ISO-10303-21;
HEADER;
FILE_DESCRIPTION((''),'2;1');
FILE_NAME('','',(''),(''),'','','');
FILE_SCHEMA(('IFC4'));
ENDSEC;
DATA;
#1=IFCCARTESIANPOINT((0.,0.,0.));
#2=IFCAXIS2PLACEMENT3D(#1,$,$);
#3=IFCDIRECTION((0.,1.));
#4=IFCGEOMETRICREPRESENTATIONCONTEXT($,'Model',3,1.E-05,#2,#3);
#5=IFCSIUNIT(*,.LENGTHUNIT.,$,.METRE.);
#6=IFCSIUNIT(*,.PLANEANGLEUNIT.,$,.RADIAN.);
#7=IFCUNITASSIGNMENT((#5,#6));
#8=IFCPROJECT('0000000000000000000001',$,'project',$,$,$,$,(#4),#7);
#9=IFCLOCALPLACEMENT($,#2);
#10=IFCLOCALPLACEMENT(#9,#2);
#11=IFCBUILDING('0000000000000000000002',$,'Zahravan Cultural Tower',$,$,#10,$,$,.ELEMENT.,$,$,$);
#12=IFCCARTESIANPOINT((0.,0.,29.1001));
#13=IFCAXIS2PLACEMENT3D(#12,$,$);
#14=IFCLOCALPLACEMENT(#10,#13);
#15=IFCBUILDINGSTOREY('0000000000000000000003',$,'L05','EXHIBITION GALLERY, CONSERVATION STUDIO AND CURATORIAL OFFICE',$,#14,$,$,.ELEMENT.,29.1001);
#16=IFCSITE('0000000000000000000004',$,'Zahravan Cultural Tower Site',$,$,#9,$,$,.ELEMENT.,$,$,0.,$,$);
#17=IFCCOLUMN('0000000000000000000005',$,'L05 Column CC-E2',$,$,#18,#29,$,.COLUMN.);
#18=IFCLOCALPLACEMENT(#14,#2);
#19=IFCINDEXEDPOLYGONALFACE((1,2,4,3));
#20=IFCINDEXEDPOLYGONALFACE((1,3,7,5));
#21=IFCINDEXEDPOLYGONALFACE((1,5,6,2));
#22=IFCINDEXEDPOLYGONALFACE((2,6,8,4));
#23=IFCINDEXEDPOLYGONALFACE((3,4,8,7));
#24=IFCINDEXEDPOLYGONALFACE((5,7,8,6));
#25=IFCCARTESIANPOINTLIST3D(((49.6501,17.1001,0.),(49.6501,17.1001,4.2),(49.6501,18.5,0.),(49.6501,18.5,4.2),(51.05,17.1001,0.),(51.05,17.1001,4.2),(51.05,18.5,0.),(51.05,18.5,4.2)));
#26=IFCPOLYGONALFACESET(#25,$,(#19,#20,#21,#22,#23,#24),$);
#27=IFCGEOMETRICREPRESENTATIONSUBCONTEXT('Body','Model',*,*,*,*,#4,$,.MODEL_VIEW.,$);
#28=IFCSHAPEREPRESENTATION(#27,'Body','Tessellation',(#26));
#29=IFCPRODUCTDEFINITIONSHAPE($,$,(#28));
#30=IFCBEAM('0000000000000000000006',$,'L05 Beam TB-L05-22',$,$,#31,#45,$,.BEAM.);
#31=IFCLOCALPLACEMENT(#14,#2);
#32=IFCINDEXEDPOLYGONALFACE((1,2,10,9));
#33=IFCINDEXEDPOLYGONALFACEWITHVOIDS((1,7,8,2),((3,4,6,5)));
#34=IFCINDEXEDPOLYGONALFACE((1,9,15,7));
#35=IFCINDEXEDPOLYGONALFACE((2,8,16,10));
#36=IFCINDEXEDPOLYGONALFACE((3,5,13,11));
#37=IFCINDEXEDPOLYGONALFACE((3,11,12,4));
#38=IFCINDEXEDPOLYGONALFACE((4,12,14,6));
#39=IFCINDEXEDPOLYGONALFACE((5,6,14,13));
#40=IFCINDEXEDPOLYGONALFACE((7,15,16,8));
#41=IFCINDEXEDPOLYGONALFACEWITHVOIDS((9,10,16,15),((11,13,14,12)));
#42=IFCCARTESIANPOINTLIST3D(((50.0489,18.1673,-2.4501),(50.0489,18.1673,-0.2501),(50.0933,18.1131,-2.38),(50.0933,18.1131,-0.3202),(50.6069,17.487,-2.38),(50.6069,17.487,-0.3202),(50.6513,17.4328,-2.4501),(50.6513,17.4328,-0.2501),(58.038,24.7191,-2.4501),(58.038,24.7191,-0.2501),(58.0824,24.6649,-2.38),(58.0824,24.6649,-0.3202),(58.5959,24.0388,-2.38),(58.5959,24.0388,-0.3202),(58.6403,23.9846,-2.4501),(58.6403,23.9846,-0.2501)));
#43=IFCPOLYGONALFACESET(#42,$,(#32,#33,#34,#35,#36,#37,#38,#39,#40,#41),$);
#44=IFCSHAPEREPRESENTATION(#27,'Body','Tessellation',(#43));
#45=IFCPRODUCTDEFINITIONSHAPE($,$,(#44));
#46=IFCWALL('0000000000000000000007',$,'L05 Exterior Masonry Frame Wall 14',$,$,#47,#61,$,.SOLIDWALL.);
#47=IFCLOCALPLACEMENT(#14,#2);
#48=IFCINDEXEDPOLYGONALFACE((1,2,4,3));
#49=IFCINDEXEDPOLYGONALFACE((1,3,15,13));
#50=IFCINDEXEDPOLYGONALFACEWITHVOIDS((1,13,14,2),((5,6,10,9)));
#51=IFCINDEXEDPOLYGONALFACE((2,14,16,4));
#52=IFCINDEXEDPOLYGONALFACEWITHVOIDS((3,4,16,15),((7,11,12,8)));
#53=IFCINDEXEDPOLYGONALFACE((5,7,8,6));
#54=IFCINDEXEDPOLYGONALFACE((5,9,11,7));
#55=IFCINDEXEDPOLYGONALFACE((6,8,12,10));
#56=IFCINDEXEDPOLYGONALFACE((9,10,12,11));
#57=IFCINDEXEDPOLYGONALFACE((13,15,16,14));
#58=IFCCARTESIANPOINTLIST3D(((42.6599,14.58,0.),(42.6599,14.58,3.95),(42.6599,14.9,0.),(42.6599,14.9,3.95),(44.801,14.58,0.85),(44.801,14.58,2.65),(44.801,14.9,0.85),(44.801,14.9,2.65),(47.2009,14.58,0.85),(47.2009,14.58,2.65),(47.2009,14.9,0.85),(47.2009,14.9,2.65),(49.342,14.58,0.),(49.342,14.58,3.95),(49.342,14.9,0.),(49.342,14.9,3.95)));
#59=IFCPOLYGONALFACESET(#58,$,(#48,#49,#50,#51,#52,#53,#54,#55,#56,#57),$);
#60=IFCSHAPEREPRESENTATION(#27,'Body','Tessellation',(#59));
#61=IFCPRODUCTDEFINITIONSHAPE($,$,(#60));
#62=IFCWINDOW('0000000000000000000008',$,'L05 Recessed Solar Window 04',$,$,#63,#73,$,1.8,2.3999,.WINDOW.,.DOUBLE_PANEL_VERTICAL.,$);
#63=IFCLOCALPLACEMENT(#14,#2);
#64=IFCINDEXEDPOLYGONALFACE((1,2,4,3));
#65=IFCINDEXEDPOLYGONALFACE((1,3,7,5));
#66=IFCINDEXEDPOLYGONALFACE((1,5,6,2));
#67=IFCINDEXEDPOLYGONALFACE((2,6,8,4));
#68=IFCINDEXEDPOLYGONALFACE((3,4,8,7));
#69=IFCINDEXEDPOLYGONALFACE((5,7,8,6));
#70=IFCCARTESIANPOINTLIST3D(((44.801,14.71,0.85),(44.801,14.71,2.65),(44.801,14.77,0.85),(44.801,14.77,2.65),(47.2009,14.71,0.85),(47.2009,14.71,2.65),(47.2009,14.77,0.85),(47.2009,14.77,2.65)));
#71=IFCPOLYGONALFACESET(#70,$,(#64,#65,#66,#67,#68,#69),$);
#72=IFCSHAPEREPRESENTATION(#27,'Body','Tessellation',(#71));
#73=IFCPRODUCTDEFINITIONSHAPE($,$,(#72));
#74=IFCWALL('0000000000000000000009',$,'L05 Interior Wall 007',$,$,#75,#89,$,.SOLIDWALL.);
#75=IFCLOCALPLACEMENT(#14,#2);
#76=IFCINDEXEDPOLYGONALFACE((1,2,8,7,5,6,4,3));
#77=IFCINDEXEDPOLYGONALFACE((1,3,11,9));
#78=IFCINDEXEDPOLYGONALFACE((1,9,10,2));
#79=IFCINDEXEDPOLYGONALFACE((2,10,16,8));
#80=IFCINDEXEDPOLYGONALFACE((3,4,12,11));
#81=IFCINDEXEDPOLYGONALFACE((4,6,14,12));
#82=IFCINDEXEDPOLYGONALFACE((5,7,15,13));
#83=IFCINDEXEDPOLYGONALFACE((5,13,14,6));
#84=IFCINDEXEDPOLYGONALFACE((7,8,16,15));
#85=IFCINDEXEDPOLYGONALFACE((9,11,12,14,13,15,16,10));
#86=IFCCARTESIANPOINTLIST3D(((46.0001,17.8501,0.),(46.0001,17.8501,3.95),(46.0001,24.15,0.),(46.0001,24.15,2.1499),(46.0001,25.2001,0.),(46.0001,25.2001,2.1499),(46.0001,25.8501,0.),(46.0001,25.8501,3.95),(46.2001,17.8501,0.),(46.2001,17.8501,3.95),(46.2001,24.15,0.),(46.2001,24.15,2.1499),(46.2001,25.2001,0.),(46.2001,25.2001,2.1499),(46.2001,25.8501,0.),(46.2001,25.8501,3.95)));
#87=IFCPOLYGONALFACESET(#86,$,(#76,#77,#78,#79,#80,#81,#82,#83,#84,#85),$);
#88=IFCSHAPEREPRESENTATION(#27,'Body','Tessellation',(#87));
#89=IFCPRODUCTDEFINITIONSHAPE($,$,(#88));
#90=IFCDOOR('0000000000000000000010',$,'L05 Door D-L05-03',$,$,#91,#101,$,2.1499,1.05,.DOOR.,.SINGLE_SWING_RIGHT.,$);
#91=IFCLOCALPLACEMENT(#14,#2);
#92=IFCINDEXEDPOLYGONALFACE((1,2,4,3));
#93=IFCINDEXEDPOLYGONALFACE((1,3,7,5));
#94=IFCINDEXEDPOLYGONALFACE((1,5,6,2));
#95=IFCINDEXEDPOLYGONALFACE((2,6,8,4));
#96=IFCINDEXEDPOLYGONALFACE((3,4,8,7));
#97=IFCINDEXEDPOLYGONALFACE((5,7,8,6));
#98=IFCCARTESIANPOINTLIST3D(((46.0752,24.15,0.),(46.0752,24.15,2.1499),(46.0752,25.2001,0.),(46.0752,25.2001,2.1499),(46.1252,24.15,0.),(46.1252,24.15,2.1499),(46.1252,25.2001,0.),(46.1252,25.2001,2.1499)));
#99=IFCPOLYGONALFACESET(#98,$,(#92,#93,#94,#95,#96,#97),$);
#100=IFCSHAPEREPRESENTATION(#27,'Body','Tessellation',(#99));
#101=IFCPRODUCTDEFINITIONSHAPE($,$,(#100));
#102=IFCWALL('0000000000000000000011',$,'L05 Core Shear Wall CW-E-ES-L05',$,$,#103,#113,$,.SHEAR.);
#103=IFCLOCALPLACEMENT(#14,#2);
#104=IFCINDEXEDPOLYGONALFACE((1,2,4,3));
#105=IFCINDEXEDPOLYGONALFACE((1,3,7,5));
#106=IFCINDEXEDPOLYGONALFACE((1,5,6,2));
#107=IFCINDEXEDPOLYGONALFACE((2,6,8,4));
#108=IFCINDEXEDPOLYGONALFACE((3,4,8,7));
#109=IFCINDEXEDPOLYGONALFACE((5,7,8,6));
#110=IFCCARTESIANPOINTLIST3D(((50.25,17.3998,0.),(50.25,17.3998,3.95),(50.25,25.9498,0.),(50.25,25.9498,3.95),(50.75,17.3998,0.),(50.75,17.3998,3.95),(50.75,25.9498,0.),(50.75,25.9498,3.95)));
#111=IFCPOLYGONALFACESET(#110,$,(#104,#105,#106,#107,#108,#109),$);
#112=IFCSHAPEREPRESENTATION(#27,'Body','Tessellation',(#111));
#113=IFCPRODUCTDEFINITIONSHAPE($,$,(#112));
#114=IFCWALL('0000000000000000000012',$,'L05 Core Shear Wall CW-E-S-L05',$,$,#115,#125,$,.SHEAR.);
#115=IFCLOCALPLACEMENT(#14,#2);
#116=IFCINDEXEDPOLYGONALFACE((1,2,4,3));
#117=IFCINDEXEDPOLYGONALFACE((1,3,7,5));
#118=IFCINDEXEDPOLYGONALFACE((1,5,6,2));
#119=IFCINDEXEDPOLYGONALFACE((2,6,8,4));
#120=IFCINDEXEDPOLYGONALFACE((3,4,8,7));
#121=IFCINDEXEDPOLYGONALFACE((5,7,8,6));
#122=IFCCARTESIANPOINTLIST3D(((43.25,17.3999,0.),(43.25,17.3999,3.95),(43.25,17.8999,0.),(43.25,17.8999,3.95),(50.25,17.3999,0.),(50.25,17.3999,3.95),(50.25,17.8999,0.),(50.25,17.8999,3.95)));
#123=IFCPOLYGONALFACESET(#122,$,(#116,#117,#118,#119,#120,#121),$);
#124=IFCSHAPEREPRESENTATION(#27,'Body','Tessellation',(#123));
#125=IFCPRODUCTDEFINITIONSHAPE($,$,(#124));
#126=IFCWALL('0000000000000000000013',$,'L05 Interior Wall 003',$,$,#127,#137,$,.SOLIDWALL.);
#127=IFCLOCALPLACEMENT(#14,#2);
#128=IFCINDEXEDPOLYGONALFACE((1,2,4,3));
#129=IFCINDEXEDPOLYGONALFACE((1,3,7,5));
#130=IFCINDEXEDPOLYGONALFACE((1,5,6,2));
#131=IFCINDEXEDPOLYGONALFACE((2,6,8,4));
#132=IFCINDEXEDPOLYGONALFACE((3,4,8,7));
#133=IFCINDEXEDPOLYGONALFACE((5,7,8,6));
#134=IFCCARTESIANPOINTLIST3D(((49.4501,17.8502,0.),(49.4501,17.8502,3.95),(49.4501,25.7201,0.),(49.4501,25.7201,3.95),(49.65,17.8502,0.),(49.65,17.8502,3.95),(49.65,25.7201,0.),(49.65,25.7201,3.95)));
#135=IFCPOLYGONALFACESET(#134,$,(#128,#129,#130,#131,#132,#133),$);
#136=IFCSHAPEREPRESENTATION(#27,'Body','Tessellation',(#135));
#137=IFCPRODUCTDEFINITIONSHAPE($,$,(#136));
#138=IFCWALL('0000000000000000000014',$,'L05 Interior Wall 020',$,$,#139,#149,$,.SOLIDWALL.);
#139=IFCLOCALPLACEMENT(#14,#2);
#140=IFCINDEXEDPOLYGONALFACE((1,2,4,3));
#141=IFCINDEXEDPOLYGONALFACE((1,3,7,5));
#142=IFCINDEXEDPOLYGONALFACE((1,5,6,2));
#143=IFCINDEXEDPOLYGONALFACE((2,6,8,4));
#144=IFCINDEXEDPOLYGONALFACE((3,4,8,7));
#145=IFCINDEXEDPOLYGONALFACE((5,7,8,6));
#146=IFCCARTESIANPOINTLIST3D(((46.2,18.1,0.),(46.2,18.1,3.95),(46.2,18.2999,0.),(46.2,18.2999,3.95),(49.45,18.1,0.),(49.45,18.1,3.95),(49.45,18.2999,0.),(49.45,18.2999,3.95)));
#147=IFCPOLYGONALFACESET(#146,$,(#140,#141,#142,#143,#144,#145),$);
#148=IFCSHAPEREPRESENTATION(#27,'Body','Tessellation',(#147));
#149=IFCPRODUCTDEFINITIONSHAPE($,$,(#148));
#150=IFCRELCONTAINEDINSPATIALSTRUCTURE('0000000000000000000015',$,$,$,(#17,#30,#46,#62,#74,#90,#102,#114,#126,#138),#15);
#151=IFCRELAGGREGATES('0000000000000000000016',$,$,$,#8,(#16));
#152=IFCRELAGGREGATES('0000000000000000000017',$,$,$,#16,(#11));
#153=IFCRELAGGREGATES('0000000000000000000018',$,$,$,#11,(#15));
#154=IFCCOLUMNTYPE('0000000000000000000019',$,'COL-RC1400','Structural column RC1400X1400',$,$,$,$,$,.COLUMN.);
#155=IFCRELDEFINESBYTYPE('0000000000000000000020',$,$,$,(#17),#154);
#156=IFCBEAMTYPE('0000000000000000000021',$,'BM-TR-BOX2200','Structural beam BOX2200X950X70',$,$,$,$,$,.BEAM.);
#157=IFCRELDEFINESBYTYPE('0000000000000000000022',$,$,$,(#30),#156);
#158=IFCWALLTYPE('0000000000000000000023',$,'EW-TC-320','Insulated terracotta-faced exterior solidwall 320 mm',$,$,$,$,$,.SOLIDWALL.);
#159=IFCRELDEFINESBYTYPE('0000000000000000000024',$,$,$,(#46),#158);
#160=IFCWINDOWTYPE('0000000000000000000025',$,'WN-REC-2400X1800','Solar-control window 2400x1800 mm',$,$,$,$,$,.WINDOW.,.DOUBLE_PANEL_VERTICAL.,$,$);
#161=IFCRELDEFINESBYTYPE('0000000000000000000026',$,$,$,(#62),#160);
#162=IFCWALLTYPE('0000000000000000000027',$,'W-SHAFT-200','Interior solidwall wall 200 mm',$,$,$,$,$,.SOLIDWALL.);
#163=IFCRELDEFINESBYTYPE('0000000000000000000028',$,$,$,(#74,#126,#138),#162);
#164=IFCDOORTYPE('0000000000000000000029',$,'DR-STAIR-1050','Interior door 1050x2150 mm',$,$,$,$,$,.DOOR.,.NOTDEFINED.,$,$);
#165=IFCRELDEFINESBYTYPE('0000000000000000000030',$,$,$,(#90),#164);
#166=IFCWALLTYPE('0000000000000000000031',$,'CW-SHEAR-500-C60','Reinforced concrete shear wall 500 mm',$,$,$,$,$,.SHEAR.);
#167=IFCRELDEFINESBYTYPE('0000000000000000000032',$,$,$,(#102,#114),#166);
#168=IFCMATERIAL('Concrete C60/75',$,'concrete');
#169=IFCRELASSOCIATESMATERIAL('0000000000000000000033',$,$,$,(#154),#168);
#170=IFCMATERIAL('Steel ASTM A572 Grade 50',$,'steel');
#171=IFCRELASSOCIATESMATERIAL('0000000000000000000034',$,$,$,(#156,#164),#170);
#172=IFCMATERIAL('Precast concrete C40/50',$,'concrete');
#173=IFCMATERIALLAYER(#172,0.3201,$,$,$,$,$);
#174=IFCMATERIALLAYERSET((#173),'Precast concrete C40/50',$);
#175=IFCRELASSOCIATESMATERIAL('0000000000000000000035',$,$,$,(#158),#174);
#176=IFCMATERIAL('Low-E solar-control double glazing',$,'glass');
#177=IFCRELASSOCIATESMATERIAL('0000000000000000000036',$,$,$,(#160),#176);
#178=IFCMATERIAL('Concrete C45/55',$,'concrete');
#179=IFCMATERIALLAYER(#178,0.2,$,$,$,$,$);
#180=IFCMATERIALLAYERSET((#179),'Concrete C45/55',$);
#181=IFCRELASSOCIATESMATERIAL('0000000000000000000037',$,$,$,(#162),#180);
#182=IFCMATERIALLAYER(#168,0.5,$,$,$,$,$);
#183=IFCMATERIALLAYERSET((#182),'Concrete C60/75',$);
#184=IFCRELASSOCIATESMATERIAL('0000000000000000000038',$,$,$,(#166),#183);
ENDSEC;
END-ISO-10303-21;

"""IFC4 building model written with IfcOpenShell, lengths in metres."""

from ifc_helpers import new_model, si_unit, direction, frame, frame_2d, origin, origin_2d, place, context, subcontext, project, spatial, rectangle, hollow_rectangle, extrude, source, transform, mapped, material, layer, layer_set, material_profile, profile_set, type_object, element, fill, save


model = new_model("IFC4")

# Units and contexts
model_context = context("Model", 3, precision=1e-05, world=origin(), true_north=direction((0.0, 1.0)))
body_context = subcontext(model_context, "Body", "Model", "MODEL_VIEW")
ifc_project = project(units=[si_unit("LENGTHUNIT", "METRE"), si_unit("PLANEANGLEUNIT", "RADIAN")], contexts=[model_context])

# Site, building, storey
site_placement = place(None, origin())
site = spatial("IfcSite", under=ifc_project, at=site_placement, Name="Zahravan Cultural Tower Site", CompositionType="ELEMENT", RefElevation=0.0)
building_placement = place(site_placement, origin())
building = spatial("IfcBuilding", under=site, at=building_placement, Name="Zahravan Cultural Tower", CompositionType="ELEMENT")
storey_placement = place(building_placement, frame((0.0, 0.0, 29.1001)))
storey = spatial("IfcBuildingStorey", under=building, at=storey_placement, Name="L05", Description="EXHIBITION GALLERY, CONSERVATION STUDIO AND CURATORIAL OFFICE", CompositionType="ELEMENT", Elevation=29.1001)

# Column
ifc_material_1 = material(Name="Concrete C60/75", Category="concrete")
ifc_material_profile_1 = material_profile(ifc_material_1, rectangle(XDim=1.3999, YDim=1.3999, at=origin_2d()), Name="RC1400X1400")
ifc_profile_set_1 = profile_set([ifc_material_profile_1], Name="Concrete C60/75")
column_type = type_object("IfcColumnType", Name="COL-RC1400", Description="Structural column RC1400X1400", PredefinedType="COLUMN", material=ifc_profile_set_1)
shared_shape_1 = source(origin(), body_context, "Body", "SweptSolid", [
    extrude(rectangle(XDim=1.3999, YDim=1.3999, at=origin_2d()), origin(), (0.0, 0.0, 1.0), 4.2),
])
column_placement = place(storey_placement, frame((50.3501, 17.8, 0.0), z_axis=(0.0, 0.0, 1.0), x_axis=(1.0, 0.0, 0.0)))
element("IfcColumn", 1, at=column_placement, inside=storey, type_object=column_type, Name="L05 Column CC-E2", PredefinedType="COLUMN", context=body_context, shape_type="MappedRepresentation", body=[
    mapped(shared_shape_1, transform((0.0, 0.0, 0.0), x_axis=(1.0, 0.0, 0.0), y_axis=(0.0, 1.0, 0.0), z_axis=(0.0, 0.0, 1.0), scale=1.0)),
])

# Beam
ifc_material_2 = material(Name="Steel ASTM A572 Grade 50", Category="steel")
ifc_material_profile_2 = material_profile(ifc_material_2, hollow_rectangle(XDim=0.95, YDim=2.2, WallThickness=0.0701, at=origin_2d()), Name="BOX2200X950X70")
ifc_profile_set_2 = profile_set([ifc_material_profile_2], Name="Steel ASTM A572 Grade 50")
beam_type = type_object("IfcBeamType", Name="BM-TR-BOX2200", Description="Structural beam BOX2200X950X70", PredefinedType="BEAM", material=ifc_profile_set_2)
shared_shape_2 = source(origin(), body_context, "Body", "SweptSolid", [
    extrude(hollow_rectangle(XDim=0.95, YDim=2.2, WallThickness=0.0701, at=origin_2d()), origin(), (0.0, 0.0, 1.0), 10.332),
])
beam_placement = place(storey_placement, frame((50.3501, 17.8, -1.3501), z_axis=(0.773231, 0.634124, 0.0), x_axis=(-0.634124, 0.773231, 0.0)))
element("IfcBeam", 2, at=beam_placement, inside=storey, type_object=beam_type, Name="L05 Beam TB-L05-22", PredefinedType="BEAM", context=body_context, shape_type="MappedRepresentation", body=[
    mapped(shared_shape_2, transform((0.0, 0.0, 0.0), x_axis=(1.0, 0.0, 0.0), y_axis=(0.0, 1.0, 0.0), z_axis=(0.0, 0.0, 1.0), scale=1.0)),
])

# Wall, opening, window
ifc_material_3 = material(Name="Precast concrete C40/50", Category="concrete")
ifc_layer_1 = layer(ifc_material_3, 0.3201)
ifc_layer_set_1 = layer_set([ifc_layer_1], Name="Precast concrete C40/50")
wall_type_1 = type_object("IfcWallType", Name="EW-TC-320", Description="Insulated terracotta-faced exterior solidwall 320 mm", PredefinedType="SOLIDWALL", material=ifc_layer_set_1)
wall_1_placement = place(storey_placement, frame((49.342, 14.74, 0.0), z_axis=(0.0, 0.0, 1.0), x_axis=(-1.0, 0.0, 0.0)))
wall_1 = element("IfcWall", 3, at=wall_1_placement, inside=storey, type_object=wall_type_1, Name="L05 Exterior Masonry Frame Wall 14", PredefinedType="SOLIDWALL", context=body_context, shape_type="SweptSolid", body=[
    extrude(rectangle(XDim=6.6821, YDim=0.3201, at=frame_2d((3.3411, 0.0))), origin(), (0.0, 0.0, 1.0), 3.95),
])
opening_1_placement = place(wall_1_placement, frame((2.1411, 0.0, 0.8501)))
opening_1 = element("IfcOpeningElement", 4, at=opening_1_placement, cuts=wall_1, PredefinedType="OPENING", context=body_context, shape_type="SweptSolid", body=[
    extrude(rectangle(XDim=2.3999, YDim=1.8, at=frame_2d((1.2, 0.8999))), frame((0.0, 0.1699, 0.0), z_axis=(0.0, -1.0, 0.0), x_axis=(1.0, 0.0, 0.0)), (0.0, 0.0, 1.0), 0.3401),
])
ifc_material_4 = material(Name="Low-E solar-control double glazing", Category="glass")
window_type = type_object("IfcWindowType", Name="WN-REC-2400X1800", Description="Solar-control window 2400x1800 mm", PartitioningType="DOUBLE_PANEL_VERTICAL", PredefinedType="WINDOW", material=ifc_material_4)
shared_shape_3 = source(origin(), body_context, "Body", "SweptSolid", [
    extrude(rectangle(XDim=2.3999, YDim=1.8, at=frame_2d((1.2, 0.8999))), frame((0.0, 0.03, 0.0), z_axis=(0.0, -1.0, 0.0), x_axis=(1.0, 0.0, 0.0)), (0.0, 0.0, 1.0), 0.0601),
])
window_placement = place(opening_1_placement, origin())
window = element("IfcWindow", 5, at=window_placement, inside=storey, type_object=window_type, Name="L05 Recessed Solar Window 04", OverallHeight=1.8, OverallWidth=2.3999, PartitioningType="DOUBLE_PANEL_VERTICAL", PredefinedType="WINDOW", context=body_context, shape_type="MappedRepresentation", body=[
    mapped(shared_shape_3, transform((0.0, 0.0, 0.0), x_axis=(1.0, 0.0, 0.0), y_axis=(0.0, 1.0, 0.0), z_axis=(0.0, 0.0, 1.0), scale=1.0)),
])
fill(opening_1, window)

# Wall, opening, door
ifc_material_5 = material(Name="Concrete C45/55", Category="concrete")
ifc_layer_2 = layer(ifc_material_5, 0.2)
ifc_layer_set_2 = layer_set([ifc_layer_2], Name="Concrete C45/55")
wall_type_2 = type_object("IfcWallType", Name="W-SHAFT-200", Description="Interior solidwall wall 200 mm", PredefinedType="SOLIDWALL", material=ifc_layer_set_2)
wall_2_placement = place(storey_placement, frame((46.1001, 17.8501, 0.0), z_axis=(0.0, 0.0, 1.0), x_axis=(0.0, 1.0, 0.0)))
wall_2 = element("IfcWall", 6, at=wall_2_placement, inside=storey, type_object=wall_type_2, Name="L05 Interior Wall 007", PredefinedType="SOLIDWALL", context=body_context, shape_type="SweptSolid", body=[
    extrude(rectangle(XDim=8.0, YDim=0.2, at=frame_2d((4.0, 0.0))), origin(), (0.0, 0.0, 1.0), 3.95),
])
opening_2_placement = place(wall_2_placement, frame((6.3, 0.0, 0.0)))
opening_2 = element("IfcOpeningElement", 7, at=opening_2_placement, cuts=wall_2, PredefinedType="OPENING", context=body_context, shape_type="SweptSolid", body=[
    extrude(rectangle(XDim=1.05, YDim=2.1499, at=frame_2d((0.5249, 1.075))), frame((0.0, 0.1099, 0.0), z_axis=(0.0, -1.0, 0.0), x_axis=(1.0, 0.0, 0.0)), (0.0, 0.0, 1.0), 0.22),
])
door_type = type_object("IfcDoorType", Name="DR-STAIR-1050", Description="Interior door 1050x2150 mm", OperationType="NOTDEFINED", PredefinedType="DOOR", material=ifc_material_2)
shared_shape_4 = source(origin(), body_context, "Body", "SweptSolid", [
    extrude(rectangle(XDim=1.05, YDim=2.1499, at=frame_2d((0.5249, 1.075))), frame((0.0, 0.0249, 0.0), z_axis=(0.0, -1.0, 0.0), x_axis=(1.0, 0.0, 0.0)), (0.0, 0.0, 1.0), 0.05),
])
door_placement = place(opening_2_placement, origin())
door = element("IfcDoor", 8, at=door_placement, inside=storey, type_object=door_type, Name="L05 Door D-L05-03", OperationType="SINGLE_SWING_RIGHT", OverallHeight=2.1499, OverallWidth=1.05, PredefinedType="DOOR", context=body_context, shape_type="MappedRepresentation", body=[
    mapped(shared_shape_4, transform((0.0, 0.0, 0.0), x_axis=(1.0, 0.0, 0.0), y_axis=(0.0, 1.0, 0.0), z_axis=(0.0, 0.0, 1.0), scale=1.0)),
])
fill(opening_2, door)

# Walls
ifc_layer_3 = layer(ifc_material_1, 0.5)
ifc_layer_set_3 = layer_set([ifc_layer_3], Name="Concrete C60/75")
wall_type_3 = type_object("IfcWallType", Name="CW-SHEAR-500-C60", Description="Reinforced concrete shear wall 500 mm", PredefinedType="SHEAR", material=ifc_layer_set_3)
shared_shape_5 = source(origin(), body_context, "Body", "SweptSolid", [
    extrude(rectangle(XDim=8.55, YDim=0.5, at=frame_2d((4.2749, 0.0))), origin(), (0.0, 0.0, 1.0), 3.95),
])
wall_3_placement = place(storey_placement, frame((50.5, 17.3999, 0.0), z_axis=(0.0, 0.0, 1.0), x_axis=(0.0, 1.0, 0.0)))
element("IfcWall", 9, at=wall_3_placement, inside=storey, type_object=wall_type_3, Name="L05 Core Shear Wall CW-E-ES-L05", PredefinedType="SHEAR", context=body_context, shape_type="MappedRepresentation", body=[
    mapped(shared_shape_5, transform((0.0, 0.0, 0.0), x_axis=(1.0, 0.0, 0.0), y_axis=(0.0, 1.0, 0.0), z_axis=(0.0, 0.0, 1.0), scale=1.0)),
])
shared_shape_6 = source(origin(), body_context, "Body", "SweptSolid", [
    extrude(rectangle(XDim=7.0, YDim=0.5, at=frame_2d((3.5, 0.0))), origin(), (0.0, 0.0, 1.0), 3.95),
])
wall_4_placement = place(storey_placement, frame((43.25, 17.6499, 0.0), z_axis=(0.0, 0.0, 1.0), x_axis=(1.0, 0.0, 0.0)))
element("IfcWall", 10, at=wall_4_placement, inside=storey, type_object=wall_type_3, Name="L05 Core Shear Wall CW-E-S-L05", PredefinedType="SHEAR", context=body_context, shape_type="MappedRepresentation", body=[
    mapped(shared_shape_6, transform((0.0, 0.0, 0.0), x_axis=(1.0, 0.0, 0.0), y_axis=(0.0, 1.0, 0.0), z_axis=(0.0, 0.0, 1.0), scale=1.0)),
])
shared_shape_7 = source(origin(), body_context, "Body", "SweptSolid", [
    extrude(rectangle(XDim=7.8699, YDim=0.2, at=frame_2d((3.9351, 0.0))), origin(), (0.0, 0.0, 1.0), 3.95),
])
wall_5_placement = place(storey_placement, frame((49.55, 17.8501, 0.0), z_axis=(0.0, 0.0, 1.0), x_axis=(0.0, 1.0, 0.0)))
element("IfcWall", 11, at=wall_5_placement, inside=storey, type_object=wall_type_2, Name="L05 Interior Wall 003", PredefinedType="SOLIDWALL", context=body_context, shape_type="MappedRepresentation", body=[
    mapped(shared_shape_7, transform((0.0, 0.0, 0.0), x_axis=(1.0, 0.0, 0.0), y_axis=(0.0, 1.0, 0.0), z_axis=(0.0, 0.0, 1.0), scale=1.0)),
])
shared_shape_8 = source(origin(), body_context, "Body", "SweptSolid", [
    extrude(rectangle(XDim=3.25, YDim=0.2, at=frame_2d((1.625, 0.0))), origin(), (0.0, 0.0, 1.0), 3.95),
])
wall_6_placement = place(storey_placement, frame((46.2, 18.2, 0.0), z_axis=(0.0, 0.0, 1.0), x_axis=(1.0, 0.0, 0.0)))
element("IfcWall", 12, at=wall_6_placement, inside=storey, type_object=wall_type_2, Name="L05 Interior Wall 020", PredefinedType="SOLIDWALL", context=body_context, shape_type="MappedRepresentation", body=[
    mapped(shared_shape_8, transform((0.0, 0.0, 0.0), x_axis=(1.0, 0.0, 0.0), y_axis=(0.0, 1.0, 0.0), z_axis=(0.0, 0.0, 1.0), scale=1.0)),
])

save(model, "model.ifc")
